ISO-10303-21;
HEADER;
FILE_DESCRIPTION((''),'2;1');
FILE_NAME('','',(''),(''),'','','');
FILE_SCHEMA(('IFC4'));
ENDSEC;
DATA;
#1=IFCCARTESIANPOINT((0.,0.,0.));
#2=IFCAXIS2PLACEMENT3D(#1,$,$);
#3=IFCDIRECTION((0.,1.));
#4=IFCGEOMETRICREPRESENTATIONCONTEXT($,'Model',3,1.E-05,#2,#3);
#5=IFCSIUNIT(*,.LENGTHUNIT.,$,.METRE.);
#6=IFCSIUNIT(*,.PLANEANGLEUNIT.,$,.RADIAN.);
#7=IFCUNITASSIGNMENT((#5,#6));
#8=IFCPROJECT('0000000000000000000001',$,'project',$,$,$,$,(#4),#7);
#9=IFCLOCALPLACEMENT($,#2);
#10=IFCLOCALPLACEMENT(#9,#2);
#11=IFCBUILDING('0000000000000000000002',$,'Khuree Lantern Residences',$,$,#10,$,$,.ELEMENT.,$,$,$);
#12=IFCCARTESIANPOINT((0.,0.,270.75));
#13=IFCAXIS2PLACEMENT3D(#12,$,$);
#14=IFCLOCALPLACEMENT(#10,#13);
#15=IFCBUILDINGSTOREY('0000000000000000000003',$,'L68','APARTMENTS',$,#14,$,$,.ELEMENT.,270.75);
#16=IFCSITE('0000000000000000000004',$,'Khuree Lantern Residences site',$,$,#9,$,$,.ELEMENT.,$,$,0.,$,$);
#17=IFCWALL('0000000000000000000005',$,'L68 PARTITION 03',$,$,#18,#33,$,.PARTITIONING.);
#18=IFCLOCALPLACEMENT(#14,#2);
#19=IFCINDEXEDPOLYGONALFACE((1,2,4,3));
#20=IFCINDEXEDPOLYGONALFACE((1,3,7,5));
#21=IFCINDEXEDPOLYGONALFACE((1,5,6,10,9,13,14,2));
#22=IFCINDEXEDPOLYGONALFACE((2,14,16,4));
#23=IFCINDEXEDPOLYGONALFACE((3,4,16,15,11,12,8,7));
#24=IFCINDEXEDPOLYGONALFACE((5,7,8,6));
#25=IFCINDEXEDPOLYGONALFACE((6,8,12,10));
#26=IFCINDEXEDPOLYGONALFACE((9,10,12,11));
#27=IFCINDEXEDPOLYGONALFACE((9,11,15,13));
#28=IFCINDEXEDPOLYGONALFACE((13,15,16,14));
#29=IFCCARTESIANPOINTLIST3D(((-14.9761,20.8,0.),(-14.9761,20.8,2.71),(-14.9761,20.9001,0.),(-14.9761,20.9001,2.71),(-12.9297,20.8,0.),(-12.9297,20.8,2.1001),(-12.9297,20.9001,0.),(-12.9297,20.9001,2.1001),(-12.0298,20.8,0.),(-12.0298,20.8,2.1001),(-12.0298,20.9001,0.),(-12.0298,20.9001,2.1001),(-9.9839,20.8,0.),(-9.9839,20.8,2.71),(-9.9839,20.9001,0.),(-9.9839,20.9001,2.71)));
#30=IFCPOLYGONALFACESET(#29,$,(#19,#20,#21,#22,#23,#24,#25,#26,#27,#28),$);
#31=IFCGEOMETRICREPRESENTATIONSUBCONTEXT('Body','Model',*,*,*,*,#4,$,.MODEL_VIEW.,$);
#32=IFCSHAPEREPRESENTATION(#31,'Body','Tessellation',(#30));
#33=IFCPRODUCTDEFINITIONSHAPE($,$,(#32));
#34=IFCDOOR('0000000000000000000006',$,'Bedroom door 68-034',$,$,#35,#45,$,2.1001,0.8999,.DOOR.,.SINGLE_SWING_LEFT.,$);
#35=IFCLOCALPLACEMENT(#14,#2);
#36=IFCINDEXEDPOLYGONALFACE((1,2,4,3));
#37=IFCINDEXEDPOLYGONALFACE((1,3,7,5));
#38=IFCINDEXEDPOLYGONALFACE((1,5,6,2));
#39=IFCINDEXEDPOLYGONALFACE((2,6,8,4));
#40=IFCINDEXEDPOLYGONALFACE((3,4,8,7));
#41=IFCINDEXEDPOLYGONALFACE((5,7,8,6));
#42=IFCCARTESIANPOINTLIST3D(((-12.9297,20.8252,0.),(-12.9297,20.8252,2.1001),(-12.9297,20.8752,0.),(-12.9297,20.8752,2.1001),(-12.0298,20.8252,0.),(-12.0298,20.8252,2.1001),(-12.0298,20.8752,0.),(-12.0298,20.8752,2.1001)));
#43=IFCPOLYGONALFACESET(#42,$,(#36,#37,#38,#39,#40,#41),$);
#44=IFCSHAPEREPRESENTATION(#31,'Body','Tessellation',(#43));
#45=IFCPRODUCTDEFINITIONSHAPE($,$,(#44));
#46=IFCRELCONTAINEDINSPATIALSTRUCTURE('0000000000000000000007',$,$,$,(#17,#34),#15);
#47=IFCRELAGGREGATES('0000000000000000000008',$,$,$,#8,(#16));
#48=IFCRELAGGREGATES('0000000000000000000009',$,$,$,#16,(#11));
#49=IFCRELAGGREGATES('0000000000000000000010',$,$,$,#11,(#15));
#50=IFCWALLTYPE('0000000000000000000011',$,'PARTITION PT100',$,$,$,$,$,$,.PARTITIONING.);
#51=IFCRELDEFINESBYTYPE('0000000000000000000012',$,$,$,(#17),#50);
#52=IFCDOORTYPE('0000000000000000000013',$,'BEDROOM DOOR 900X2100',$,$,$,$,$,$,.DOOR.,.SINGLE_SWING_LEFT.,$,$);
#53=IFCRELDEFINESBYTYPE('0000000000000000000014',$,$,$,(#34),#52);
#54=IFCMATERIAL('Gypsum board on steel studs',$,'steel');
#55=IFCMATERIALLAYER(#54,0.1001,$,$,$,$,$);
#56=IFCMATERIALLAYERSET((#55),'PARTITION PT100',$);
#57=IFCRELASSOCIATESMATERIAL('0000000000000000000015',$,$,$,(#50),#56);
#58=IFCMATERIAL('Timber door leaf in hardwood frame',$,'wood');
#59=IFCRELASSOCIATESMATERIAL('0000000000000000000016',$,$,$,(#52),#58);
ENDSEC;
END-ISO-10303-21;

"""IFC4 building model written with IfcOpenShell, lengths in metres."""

from ifc_helpers import new_model, si_unit, direction, frame, frame_2d, origin, place, context, subcontext, project, spatial, rectangle, extrude, material, layer, layer_set, type_object, element, fill, save


model = new_model("IFC4")

# Units and contexts
model_context = context("Model", 3, precision=1e-05, world=origin(), true_north=direction((0.0, 1.0)))
body_context = subcontext(model_context, "Body", "Model", "MODEL_VIEW")
ifc_project = project(units=[si_unit("LENGTHUNIT", "METRE"), si_unit("PLANEANGLEUNIT", "RADIAN")], contexts=[model_context])

# Site, building, storey
site_placement = place(None, origin())
site = spatial("IfcSite", under=ifc_project, at=site_placement, Name="Khuree Lantern Residences site", CompositionType="ELEMENT", RefElevation=0.0)
building_placement = place(site_placement, origin())
building = spatial("IfcBuilding", under=site, at=building_placement, Name="Khuree Lantern Residences", CompositionType="ELEMENT")
storey_placement = place(building_placement, frame((0.0, 0.0, 270.75)))
storey = spatial("IfcBuildingStorey", under=building, at=storey_placement, Name="L68", Description="APARTMENTS", CompositionType="ELEMENT", Elevation=270.75)

# Shared definitions
ifc_material_1 = material(Name="Gypsum board on steel studs", Category="steel")
ifc_layer_1 = layer(ifc_material_1, 0.1001)
ifc_layer_set_1 = layer_set([ifc_layer_1], Name="PARTITION PT100")
wall_type = type_object("IfcWallType", Name="PARTITION PT100", PredefinedType="PARTITIONING", material=ifc_layer_set_1)

# Wall, opening, door
ifc_material_2 = material(Name="Timber door leaf in hardwood frame", Category="wood")
door_type = type_object("IfcDoorType", Name="BEDROOM DOOR 900X2100", OperationType="SINGLE_SWING_LEFT", PredefinedType="DOOR", material=ifc_material_2)
wall_1_placement = place(storey_placement, frame((-9.9839, 20.8501, 0.0), z_axis=(0.0, 0.0, 1.0), x_axis=(-1.0, 0.0, 0.0)))
wall_1 = element("IfcWall", 1, at=wall_1_placement, inside=storey, type_object=wall_type, Name="L68 PARTITION 03", PredefinedType="PARTITIONING", context=body_context, shape_type="SweptSolid", body=[
    extrude(rectangle(XDim=4.9922, YDim=0.1001, at=frame_2d((2.4961, 0.0))), origin(), (0.0, 0.0, 1.0), 2.71),
])
opening_1_placement = place(wall_1_placement, frame((2.0459, 0.0, 0.0)))
opening_1 = element("IfcOpeningElement", 2, at=opening_1_placement, cuts=wall_1, PredefinedType="OPENING", context=body_context, shape_type="SweptSolid", body=[
    extrude(rectangle(XDim=0.8999, YDim=2.1001, at=frame_2d((0.45, 1.05))), frame((0.0, 0.0601, 0.0), z_axis=(0.0, -1.0, 0.0), x_axis=(1.0, 0.0, 0.0)), (0.0, 0.0, 1.0), 0.1201),
])
door_1_placement = place(opening_1_placement, origin())
door_1 = element("IfcDoor", 3, at=door_1_placement, inside=storey, type_object=door_type, Name="Bedroom door 68-034", OperationType="SINGLE_SWING_LEFT", OverallHeight=2.1001, OverallWidth=0.8999, PredefinedType="DOOR", context=body_context, shape_type="SweptSolid", body=[
    extrude(rectangle(XDim=0.8999, YDim=2.1001, at=frame_2d((0.45, 1.05))), frame((0.0, 0.0249, 0.0), z_axis=(0.0, -1.0, 0.0), x_axis=(1.0, 0.0, 0.0)), (0.0, 0.0, 1.0), 0.05),
])
fill(opening_1, door_1)

save(model, "model.ifc")
